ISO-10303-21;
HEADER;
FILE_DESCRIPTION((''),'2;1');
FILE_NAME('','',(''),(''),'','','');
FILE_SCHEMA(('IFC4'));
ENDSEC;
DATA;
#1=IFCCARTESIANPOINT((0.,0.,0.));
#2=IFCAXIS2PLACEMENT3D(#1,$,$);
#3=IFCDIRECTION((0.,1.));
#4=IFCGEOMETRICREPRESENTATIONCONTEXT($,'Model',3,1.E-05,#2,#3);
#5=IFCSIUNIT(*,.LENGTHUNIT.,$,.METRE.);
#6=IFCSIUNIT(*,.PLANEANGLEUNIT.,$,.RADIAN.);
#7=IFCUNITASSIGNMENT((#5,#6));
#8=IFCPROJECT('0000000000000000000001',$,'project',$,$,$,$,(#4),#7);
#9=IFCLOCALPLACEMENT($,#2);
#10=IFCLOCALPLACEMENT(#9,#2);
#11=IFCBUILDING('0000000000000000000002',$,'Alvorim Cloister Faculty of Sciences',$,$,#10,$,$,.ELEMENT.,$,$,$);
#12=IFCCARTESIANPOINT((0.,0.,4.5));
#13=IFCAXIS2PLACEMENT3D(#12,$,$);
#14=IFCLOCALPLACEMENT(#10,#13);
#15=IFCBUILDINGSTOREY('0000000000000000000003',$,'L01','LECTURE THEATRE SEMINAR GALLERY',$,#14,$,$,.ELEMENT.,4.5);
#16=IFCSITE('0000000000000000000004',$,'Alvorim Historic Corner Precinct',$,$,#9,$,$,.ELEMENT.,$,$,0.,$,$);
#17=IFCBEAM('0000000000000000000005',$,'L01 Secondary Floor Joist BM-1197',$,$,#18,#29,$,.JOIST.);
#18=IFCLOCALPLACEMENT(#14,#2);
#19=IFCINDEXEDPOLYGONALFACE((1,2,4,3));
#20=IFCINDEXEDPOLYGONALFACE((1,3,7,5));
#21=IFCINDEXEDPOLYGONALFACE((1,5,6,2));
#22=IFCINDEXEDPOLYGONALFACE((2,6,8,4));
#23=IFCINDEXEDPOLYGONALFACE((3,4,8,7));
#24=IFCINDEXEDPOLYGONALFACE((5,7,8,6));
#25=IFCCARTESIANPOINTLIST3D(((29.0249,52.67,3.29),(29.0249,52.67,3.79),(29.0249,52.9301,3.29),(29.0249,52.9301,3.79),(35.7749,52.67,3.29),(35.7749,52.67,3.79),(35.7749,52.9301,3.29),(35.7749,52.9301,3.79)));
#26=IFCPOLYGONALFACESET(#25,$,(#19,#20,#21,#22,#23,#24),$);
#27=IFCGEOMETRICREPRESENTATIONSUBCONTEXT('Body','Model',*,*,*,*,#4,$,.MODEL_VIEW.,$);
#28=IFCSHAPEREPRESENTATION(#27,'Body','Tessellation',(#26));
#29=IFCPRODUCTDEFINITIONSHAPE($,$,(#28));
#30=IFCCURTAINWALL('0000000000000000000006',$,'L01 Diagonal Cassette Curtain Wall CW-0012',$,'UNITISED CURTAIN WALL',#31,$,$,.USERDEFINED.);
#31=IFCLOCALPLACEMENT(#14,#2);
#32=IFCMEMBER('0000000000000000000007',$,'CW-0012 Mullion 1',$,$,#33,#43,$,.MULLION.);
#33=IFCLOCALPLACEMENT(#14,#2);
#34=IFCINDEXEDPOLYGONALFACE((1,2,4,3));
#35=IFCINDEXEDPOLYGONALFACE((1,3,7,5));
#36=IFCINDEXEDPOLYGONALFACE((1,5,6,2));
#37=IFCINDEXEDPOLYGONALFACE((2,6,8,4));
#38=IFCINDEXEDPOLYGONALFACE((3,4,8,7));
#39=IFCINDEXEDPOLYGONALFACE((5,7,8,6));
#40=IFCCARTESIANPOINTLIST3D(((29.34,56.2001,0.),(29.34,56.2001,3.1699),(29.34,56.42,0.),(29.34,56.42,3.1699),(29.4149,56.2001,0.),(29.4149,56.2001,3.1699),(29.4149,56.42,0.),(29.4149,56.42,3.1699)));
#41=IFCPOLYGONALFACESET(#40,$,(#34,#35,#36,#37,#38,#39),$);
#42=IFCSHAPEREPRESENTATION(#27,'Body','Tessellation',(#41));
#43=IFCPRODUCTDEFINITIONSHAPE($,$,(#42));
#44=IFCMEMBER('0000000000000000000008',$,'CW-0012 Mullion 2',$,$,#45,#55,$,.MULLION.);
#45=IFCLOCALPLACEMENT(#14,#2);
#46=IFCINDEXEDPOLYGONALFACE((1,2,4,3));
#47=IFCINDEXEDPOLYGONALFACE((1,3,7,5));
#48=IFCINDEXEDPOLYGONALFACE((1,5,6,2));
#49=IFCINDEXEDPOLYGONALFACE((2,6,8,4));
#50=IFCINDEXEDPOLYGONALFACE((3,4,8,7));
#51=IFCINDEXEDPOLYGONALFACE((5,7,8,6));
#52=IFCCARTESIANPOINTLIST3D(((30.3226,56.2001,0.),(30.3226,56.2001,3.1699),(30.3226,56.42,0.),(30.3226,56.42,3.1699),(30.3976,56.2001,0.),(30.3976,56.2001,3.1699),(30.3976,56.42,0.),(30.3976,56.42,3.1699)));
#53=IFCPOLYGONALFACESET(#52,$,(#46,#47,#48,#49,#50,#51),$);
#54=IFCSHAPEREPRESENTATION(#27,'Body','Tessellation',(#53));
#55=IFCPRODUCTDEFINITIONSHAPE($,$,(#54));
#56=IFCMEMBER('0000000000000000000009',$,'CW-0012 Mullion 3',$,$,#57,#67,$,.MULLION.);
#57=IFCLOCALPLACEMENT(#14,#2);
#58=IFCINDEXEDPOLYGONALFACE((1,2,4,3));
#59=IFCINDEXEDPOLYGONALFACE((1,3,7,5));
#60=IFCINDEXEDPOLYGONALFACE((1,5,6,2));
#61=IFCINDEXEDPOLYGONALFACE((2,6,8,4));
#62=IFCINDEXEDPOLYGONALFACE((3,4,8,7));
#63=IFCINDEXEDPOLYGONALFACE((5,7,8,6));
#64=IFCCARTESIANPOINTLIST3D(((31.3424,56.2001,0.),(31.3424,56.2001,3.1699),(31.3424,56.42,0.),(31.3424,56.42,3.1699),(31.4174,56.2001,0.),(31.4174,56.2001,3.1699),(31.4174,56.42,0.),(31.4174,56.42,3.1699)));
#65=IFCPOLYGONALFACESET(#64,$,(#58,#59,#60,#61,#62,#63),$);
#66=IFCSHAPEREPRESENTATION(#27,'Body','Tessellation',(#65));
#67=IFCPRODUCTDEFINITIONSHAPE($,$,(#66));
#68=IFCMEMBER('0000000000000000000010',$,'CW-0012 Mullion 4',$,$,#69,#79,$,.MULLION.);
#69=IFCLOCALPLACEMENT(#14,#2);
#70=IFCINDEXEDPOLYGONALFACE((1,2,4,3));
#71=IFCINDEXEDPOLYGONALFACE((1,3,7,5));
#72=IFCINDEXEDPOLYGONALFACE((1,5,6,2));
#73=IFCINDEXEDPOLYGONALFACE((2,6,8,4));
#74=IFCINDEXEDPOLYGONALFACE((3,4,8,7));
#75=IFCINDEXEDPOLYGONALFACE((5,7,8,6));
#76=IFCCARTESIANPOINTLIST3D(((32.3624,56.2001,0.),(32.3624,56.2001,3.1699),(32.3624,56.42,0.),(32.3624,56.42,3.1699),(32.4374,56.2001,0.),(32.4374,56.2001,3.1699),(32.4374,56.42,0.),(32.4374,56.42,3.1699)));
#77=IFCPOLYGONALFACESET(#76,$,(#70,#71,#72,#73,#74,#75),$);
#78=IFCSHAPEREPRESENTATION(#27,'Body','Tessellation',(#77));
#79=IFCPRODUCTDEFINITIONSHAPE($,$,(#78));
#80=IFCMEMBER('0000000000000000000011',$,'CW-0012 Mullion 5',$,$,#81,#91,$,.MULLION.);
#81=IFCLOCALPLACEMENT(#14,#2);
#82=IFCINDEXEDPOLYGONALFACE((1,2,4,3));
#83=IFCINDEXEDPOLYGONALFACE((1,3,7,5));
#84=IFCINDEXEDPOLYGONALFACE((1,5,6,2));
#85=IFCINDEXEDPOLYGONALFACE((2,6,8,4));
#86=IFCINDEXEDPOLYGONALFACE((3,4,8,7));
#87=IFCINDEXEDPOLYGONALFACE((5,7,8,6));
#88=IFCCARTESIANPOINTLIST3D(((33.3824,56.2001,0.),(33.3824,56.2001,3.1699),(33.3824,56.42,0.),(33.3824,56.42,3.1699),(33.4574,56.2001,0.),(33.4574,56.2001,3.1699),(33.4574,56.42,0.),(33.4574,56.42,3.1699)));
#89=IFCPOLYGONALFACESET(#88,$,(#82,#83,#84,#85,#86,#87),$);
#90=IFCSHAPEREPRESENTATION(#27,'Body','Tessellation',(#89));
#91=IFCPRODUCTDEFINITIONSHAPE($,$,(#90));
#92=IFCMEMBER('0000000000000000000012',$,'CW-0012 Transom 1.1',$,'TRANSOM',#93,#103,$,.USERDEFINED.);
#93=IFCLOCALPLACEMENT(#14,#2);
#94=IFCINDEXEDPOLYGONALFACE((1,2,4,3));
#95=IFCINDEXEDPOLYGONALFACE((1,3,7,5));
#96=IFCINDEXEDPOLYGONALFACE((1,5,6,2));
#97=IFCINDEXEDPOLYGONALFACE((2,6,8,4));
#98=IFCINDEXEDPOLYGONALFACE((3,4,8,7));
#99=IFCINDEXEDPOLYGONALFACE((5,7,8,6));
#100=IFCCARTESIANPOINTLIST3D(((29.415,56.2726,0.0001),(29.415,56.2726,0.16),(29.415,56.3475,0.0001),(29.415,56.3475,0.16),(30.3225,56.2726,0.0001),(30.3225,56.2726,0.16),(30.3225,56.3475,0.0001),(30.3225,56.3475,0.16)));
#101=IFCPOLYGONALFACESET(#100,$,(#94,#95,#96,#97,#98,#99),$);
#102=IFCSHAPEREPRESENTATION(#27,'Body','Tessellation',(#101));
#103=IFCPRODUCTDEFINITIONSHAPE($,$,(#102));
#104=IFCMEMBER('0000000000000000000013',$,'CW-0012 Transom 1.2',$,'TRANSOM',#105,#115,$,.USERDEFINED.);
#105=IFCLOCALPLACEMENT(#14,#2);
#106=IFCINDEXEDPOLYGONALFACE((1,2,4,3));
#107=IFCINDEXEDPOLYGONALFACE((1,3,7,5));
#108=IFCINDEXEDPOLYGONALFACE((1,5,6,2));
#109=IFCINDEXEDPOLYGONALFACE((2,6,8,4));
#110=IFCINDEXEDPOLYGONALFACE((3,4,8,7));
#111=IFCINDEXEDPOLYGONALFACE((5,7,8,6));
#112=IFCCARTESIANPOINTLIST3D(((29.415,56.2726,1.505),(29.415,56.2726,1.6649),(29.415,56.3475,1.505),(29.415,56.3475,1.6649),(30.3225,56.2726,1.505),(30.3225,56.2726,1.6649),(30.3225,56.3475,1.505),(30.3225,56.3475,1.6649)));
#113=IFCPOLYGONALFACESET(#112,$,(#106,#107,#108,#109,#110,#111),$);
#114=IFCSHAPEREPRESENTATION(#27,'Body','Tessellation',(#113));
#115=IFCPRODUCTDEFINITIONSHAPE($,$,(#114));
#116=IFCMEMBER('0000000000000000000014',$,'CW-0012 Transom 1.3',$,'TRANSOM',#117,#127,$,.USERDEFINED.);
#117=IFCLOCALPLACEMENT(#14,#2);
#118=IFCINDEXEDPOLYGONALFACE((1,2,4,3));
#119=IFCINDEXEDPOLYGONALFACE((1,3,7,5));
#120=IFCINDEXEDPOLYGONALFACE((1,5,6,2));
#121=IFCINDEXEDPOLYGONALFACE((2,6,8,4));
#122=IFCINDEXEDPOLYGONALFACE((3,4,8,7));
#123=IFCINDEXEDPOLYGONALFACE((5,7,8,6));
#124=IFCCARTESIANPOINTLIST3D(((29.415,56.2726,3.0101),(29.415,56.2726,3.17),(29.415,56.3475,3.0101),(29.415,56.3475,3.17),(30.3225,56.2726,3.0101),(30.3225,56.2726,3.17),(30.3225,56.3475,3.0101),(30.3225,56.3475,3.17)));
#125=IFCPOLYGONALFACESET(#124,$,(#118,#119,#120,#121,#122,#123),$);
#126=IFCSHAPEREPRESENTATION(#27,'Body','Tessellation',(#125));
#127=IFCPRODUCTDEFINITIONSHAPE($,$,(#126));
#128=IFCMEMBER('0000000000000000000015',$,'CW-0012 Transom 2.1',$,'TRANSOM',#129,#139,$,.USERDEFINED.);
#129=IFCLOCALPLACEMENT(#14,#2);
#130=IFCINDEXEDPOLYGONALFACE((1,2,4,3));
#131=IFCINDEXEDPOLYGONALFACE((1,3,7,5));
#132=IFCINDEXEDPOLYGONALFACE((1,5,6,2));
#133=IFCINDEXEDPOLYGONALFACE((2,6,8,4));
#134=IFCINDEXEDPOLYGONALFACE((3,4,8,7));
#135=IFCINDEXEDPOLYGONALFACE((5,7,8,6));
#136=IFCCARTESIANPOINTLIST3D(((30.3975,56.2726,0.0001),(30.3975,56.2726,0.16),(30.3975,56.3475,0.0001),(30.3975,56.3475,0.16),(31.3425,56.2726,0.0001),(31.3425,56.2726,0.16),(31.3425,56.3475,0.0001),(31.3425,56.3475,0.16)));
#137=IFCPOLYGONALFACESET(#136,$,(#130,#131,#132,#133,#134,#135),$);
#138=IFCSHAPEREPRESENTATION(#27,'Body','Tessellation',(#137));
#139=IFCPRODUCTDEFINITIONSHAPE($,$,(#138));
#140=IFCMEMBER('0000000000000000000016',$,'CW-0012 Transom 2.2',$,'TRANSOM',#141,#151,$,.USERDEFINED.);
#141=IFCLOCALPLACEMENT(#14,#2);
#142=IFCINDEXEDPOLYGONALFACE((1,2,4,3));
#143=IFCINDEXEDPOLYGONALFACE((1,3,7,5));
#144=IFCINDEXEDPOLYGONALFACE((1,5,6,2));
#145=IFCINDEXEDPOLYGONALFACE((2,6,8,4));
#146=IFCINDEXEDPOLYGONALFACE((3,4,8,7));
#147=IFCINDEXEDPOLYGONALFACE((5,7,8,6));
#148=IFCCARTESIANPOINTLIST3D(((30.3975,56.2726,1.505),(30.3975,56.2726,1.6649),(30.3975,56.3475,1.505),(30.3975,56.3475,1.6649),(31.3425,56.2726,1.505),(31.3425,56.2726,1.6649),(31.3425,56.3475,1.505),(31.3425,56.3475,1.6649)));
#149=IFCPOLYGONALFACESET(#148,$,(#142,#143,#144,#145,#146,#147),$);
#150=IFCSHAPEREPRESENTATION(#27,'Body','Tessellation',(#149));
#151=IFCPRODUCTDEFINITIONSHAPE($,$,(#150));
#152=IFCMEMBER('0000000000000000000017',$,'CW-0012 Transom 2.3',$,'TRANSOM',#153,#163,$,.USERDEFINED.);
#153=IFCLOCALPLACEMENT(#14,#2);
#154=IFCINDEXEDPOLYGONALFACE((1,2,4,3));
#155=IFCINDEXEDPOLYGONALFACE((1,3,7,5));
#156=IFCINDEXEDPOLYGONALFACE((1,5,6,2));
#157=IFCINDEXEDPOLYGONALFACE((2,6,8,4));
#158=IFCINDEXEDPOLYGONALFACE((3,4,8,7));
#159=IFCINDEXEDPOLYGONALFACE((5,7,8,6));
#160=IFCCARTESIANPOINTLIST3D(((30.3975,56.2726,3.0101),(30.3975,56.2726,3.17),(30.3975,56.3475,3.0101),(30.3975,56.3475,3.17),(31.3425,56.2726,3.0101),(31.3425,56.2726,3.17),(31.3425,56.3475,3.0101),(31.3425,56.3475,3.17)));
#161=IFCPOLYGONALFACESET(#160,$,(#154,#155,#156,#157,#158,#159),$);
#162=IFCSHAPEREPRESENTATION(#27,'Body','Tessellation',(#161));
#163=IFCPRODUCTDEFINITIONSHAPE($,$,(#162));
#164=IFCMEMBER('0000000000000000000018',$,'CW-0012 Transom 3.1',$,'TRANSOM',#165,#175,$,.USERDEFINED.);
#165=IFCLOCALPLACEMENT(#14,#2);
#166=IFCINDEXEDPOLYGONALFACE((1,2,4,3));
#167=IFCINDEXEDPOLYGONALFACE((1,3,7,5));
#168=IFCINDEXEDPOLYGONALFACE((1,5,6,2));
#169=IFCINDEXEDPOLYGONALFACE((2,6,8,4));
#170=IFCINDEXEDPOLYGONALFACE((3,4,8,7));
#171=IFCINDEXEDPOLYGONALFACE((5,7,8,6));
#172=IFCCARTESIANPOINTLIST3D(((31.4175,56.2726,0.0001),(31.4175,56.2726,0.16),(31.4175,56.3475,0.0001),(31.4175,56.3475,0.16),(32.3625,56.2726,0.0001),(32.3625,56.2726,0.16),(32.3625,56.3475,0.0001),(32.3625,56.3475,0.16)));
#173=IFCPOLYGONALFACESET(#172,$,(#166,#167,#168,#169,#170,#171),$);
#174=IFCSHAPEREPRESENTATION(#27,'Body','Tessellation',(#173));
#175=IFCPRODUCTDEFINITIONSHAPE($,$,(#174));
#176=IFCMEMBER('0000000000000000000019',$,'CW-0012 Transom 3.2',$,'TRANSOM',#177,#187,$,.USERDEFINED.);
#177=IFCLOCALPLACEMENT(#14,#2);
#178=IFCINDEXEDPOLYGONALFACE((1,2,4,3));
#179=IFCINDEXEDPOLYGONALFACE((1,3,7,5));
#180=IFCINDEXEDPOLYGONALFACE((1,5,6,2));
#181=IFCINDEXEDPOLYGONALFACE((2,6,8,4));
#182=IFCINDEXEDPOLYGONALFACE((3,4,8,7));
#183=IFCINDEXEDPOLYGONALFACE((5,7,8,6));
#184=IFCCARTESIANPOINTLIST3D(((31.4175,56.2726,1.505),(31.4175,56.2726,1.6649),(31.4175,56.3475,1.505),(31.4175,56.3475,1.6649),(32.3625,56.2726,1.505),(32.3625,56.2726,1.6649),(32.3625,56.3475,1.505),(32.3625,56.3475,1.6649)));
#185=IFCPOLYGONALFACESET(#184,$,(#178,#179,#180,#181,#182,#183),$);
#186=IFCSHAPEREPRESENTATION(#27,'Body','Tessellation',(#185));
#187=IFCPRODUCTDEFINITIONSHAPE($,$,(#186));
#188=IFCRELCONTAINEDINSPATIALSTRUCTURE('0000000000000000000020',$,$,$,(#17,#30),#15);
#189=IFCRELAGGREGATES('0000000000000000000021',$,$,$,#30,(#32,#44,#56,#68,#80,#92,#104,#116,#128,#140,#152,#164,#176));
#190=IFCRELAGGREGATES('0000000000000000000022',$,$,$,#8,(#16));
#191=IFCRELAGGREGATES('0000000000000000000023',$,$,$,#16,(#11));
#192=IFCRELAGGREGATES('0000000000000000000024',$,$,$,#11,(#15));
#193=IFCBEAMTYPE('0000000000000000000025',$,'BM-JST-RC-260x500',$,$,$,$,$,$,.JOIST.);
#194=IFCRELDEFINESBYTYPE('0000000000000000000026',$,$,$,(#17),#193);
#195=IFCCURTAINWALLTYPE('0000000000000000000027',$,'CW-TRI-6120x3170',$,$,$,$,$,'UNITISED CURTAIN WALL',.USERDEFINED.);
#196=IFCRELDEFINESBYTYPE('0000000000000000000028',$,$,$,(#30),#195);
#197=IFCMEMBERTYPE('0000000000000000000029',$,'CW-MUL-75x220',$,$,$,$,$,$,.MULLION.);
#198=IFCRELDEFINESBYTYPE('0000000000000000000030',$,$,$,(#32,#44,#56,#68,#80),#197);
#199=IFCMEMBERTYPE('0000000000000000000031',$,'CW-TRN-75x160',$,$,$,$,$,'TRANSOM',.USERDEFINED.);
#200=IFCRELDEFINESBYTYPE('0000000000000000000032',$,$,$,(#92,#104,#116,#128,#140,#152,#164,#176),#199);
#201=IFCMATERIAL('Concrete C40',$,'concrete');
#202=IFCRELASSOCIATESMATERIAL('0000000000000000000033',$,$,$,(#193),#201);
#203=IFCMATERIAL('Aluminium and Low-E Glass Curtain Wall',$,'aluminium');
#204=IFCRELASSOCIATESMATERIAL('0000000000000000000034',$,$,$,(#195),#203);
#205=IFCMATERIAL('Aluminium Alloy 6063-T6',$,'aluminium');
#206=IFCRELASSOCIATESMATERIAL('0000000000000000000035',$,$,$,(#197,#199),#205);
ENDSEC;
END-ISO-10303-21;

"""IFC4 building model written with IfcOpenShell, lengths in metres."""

from ifc_helpers import new_model, si_unit, direction, frame, origin, origin_2d, place, context, subcontext, project, spatial, rectangle, extrude, material, material_profile, profile_set, type_object, element, aggregate, save


model = new_model("IFC4")

# Units and contexts
model_context = context("Model", 3, precision=1e-05, world=origin(), true_north=direction((0.0, 1.0)))
body_context = subcontext(model_context, "Body", "Model", "MODEL_VIEW")
ifc_project = project(units=[si_unit("LENGTHUNIT", "METRE"), si_unit("PLANEANGLEUNIT", "RADIAN")], contexts=[model_context])

# Site, building, storey
site_placement = place(None, origin())
site = spatial("IfcSite", under=ifc_project, at=site_placement, Name="Alvorim Historic Corner Precinct", CompositionType="ELEMENT", RefElevation=0.0)
building_placement = place(site_placement, origin())
building = spatial("IfcBuilding", under=site, at=building_placement, Name="Alvorim Cloister Faculty of Sciences", CompositionType="ELEMENT")
storey_placement = place(building_placement, frame((0.0, 0.0, 4.5)))
storey = spatial("IfcBuildingStorey", under=building, at=storey_placement, Name="L01", Description="LECTURE THEATRE SEMINAR GALLERY", CompositionType="ELEMENT", Elevation=4.5)

# Beam
ifc_material_1 = material(Name="Concrete C40", Category="concrete")
ifc_material_profile_1 = material_profile(ifc_material_1, rectangle(XDim=0.26, YDim=0.5, at=origin_2d()), Name="RC40-JST-260x500")
ifc_profile_set_1 = profile_set([ifc_material_profile_1], Name="Concrete C40")
beam_type = type_object("IfcBeamType", Name="BM-JST-RC-260x500", PredefinedType="JOIST", material=ifc_profile_set_1)
beam_placement = place(storey_placement, frame((29.0249, 52.8, 3.54), z_axis=(1.0, 0.0, 0.0), x_axis=(0.0, 1.0, 0.0)))
element("IfcBeam", 1, at=beam_placement, inside=storey, type_object=beam_type, Name="L01 Secondary Floor Joist BM-1197", PredefinedType="JOIST", context=body_context, shape_type="SweptSolid", body=[
    extrude(rectangle(XDim=0.26, YDim=0.5, at=origin_2d()), origin(), (0.0, 0.0, 1.0), 6.75),
])

# Curtain wall, members
ifc_material_2 = material(Name="Aluminium and Low-E Glass Curtain Wall", Category="aluminium")
curtain_wall_type = type_object("IfcCurtainWallType", Name="CW-TRI-6120x3170", ElementType="UNITISED CURTAIN WALL", PredefinedType="USERDEFINED", material=ifc_material_2)
curtain_wall_placement = place(storey_placement, origin())
curtain_wall = element("IfcCurtainWall", 2, at=curtain_wall_placement, inside=storey, type_object=curtain_wall_type, Name="L01 Diagonal Cassette Curtain Wall CW-0012", ObjectType="UNITISED CURTAIN WALL", PredefinedType="USERDEFINED")
ifc_material_3 = material(Name="Aluminium Alloy 6063-T6", Category="aluminium")
ifc_material_profile_2 = material_profile(ifc_material_3, rectangle(XDim=0.075, YDim=0.22, at=origin_2d()), Name="ALU-MUL-75x220")
ifc_profile_set_2 = profile_set([ifc_material_profile_2], Name="Aluminium Alloy 6063-T6")
member_type_1 = type_object("IfcMemberType", Name="CW-MUL-75x220", PredefinedType="MULLION", material=ifc_profile_set_2)
member_1_placement = place(storey_placement, frame((29.3774, 56.3101, 0.0), z_axis=(0.0, 0.0, 1.0), x_axis=(1.0, 0.0, 0.0)))
member_1 = element("IfcMember", 3, at=member_1_placement, type_object=member_type_1, Name="CW-0012 Mullion 1", PredefinedType="MULLION", context=body_context, shape_type="SweptSolid", body=[
    extrude(rectangle(XDim=0.075, YDim=0.22, at=origin_2d()), origin(), (0.0, 0.0, 1.0), 3.1699),
])
member_2_placement = place(storey_placement, frame((30.3601, 56.3101, 0.0), z_axis=(0.0, 0.0, 1.0), x_axis=(1.0, 0.0, 0.0)))
member_2 = element("IfcMember", 4, at=member_2_placement, type_object=member_type_1, Name="CW-0012 Mullion 2", PredefinedType="MULLION", context=body_context, shape_type="SweptSolid", body=[
    extrude(rectangle(XDim=0.075, YDim=0.22, at=origin_2d()), origin(), (0.0, 0.0, 1.0), 3.1699),
])
member_3_placement = place(storey_placement, frame((31.3799, 56.3101, 0.0), z_axis=(0.0, 0.0, 1.0), x_axis=(1.0, 0.0, 0.0)))
member_3 = element("IfcMember", 5, at=member_3_placement, type_object=member_type_1, Name="CW-0012 Mullion 3", PredefinedType="MULLION", context=body_context, shape_type="SweptSolid", body=[
    extrude(rectangle(XDim=0.075, YDim=0.22, at=origin_2d()), origin(), (0.0, 0.0, 1.0), 3.1699),
])
member_4_placement = place(storey_placement, frame((32.3999, 56.3101, 0.0), z_axis=(0.0, 0.0, 1.0), x_axis=(1.0, 0.0, 0.0)))
member_4 = element("IfcMember", 6, at=member_4_placement, type_object=member_type_1, Name="CW-0012 Mullion 4", PredefinedType="MULLION", context=body_context, shape_type="SweptSolid", body=[
    extrude(rectangle(XDim=0.075, YDim=0.22, at=origin_2d()), origin(), (0.0, 0.0, 1.0), 3.1699),
])
member_5_placement = place(storey_placement, frame((33.4199, 56.3101, 0.0), z_axis=(0.0, 0.0, 1.0), x_axis=(1.0, 0.0, 0.0)))
member_5 = element("IfcMember", 7, at=member_5_placement, type_object=member_type_1, Name="CW-0012 Mullion 5", PredefinedType="MULLION", context=body_context, shape_type="SweptSolid", body=[
    extrude(rectangle(XDim=0.075, YDim=0.22, at=origin_2d()), origin(), (0.0, 0.0, 1.0), 3.1699),
])
ifc_material_profile_3 = material_profile(ifc_material_3, rectangle(XDim=0.075, YDim=0.1599, at=origin_2d()), Name="ALU-TRN-75x160")
ifc_profile_set_3 = profile_set([ifc_material_profile_3], Name="Aluminium Alloy 6063-T6")
member_type_2 = type_object("IfcMemberType", Name="CW-TRN-75x160", ElementType="TRANSOM", PredefinedType="USERDEFINED", material=ifc_profile_set_3)
member_6_placement = place(storey_placement, frame((29.415, 56.3101, 0.0801), z_axis=(1.0, 0.0, 0.0), x_axis=(0.0, 1.0, 0.0)))
member_6 = element("IfcMember", 8, at=member_6_placement, type_object=member_type_2, Name="CW-0012 Transom 1.1", ObjectType="TRANSOM", PredefinedType="USERDEFINED", context=body_context, shape_type="SweptSolid", body=[
    extrude(rectangle(XDim=0.075, YDim=0.1599, at=origin_2d()), origin(), (0.0, 0.0, 1.0), 0.9075),
])
member_7_placement = place(storey_placement, frame((29.415, 56.3101, 1.585), z_axis=(1.0, 0.0, 0.0), x_axis=(0.0, 1.0, 0.0)))
member_7 = element("IfcMember", 9, at=member_7_placement, type_object=member_type_2, Name="CW-0012 Transom 1.2", ObjectType="TRANSOM", PredefinedType="USERDEFINED", context=body_context, shape_type="SweptSolid", body=[
    extrude(rectangle(XDim=0.075, YDim=0.1599, at=origin_2d()), origin(), (0.0, 0.0, 1.0), 0.9075),
])
member_8_placement = place(storey_placement, frame((29.415, 56.3101, 3.0901), z_axis=(1.0, 0.0, 0.0), x_axis=(0.0, 1.0, 0.0)))
member_8 = element("IfcMember", 10, at=member_8_placement, type_object=member_type_2, Name="CW-0012 Transom 1.3", ObjectType="TRANSOM", PredefinedType="USERDEFINED", context=body_context, shape_type="SweptSolid", body=[
    extrude(rectangle(XDim=0.075, YDim=0.1599, at=origin_2d()), origin(), (0.0, 0.0, 1.0), 0.9075),
])
member_9_placement = place(storey_placement, frame((30.3975, 56.3101, 0.0801), z_axis=(1.0, 0.0, 0.0), x_axis=(0.0, 1.0, 0.0)))
member_9 = element("IfcMember", 11, at=member_9_placement, type_object=member_type_2, Name="CW-0012 Transom 2.1", ObjectType="TRANSOM", PredefinedType="USERDEFINED", context=body_context, shape_type="SweptSolid", body=[
    extrude(rectangle(XDim=0.075, YDim=0.1599, at=origin_2d()), origin(), (0.0, 0.0, 1.0), 0.9451),
])
member_10_placement = place(storey_placement, frame((30.3975, 56.3101, 1.585), z_axis=(1.0, 0.0, 0.0), x_axis=(0.0, 1.0, 0.0)))
member_10 = element("IfcMember", 12, at=member_10_placement, type_object=member_type_2, Name="CW-0012 Transom 2.2", ObjectType="TRANSOM", PredefinedType="USERDEFINED", context=body_context, shape_type="SweptSolid", body=[
    extrude(rectangle(XDim=0.075, YDim=0.1599, at=origin_2d()), origin(), (0.0, 0.0, 1.0), 0.9451),
])
member_11_placement = place(storey_placement, frame((30.3975, 56.3101, 3.0901), z_axis=(1.0, 0.0, 0.0), x_axis=(0.0, 1.0, 0.0)))
member_11 = element("IfcMember", 13, at=member_11_placement, type_object=member_type_2, Name="CW-0012 Transom 2.3", ObjectType="TRANSOM", PredefinedType="USERDEFINED", context=body_context, shape_type="SweptSolid", body=[
    extrude(rectangle(XDim=0.075, YDim=0.1599, at=origin_2d()), origin(), (0.0, 0.0, 1.0), 0.9451),
])
member_12_placement = place(storey_placement, frame((31.4175, 56.3101, 0.0801), z_axis=(1.0, 0.0, 0.0), x_axis=(0.0, 1.0, 0.0)))
member_12 = element("IfcMember", 14, at=member_12_placement, type_object=member_type_2, Name="CW-0012 Transom 3.1", ObjectType="TRANSOM", PredefinedType="USERDEFINED", context=body_context, shape_type="SweptSolid", body=[
    extrude(rectangle(XDim=0.075, YDim=0.1599, at=origin_2d()), origin(), (0.0, 0.0, 1.0), 0.9451),
])
member_13_placement = place(storey_placement, frame((31.4175, 56.3101, 1.585), z_axis=(1.0, 0.0, 0.0), x_axis=(0.0, 1.0, 0.0)))
member_13 = element("IfcMember", 15, at=member_13_placement, type_object=member_type_2, Name="CW-0012 Transom 3.2", ObjectType="TRANSOM", PredefinedType="USERDEFINED", context=body_context, shape_type="SweptSolid", body=[
    extrude(rectangle(XDim=0.075, YDim=0.1599, at=origin_2d()), origin(), (0.0, 0.0, 1.0), 0.9451),
])
aggregate(curtain_wall, [member_1, member_2, member_3, member_4, member_5, member_6, member_7, member_8, member_9, member_10, member_11, member_12, member_13])

save(model, "model.ifc")
